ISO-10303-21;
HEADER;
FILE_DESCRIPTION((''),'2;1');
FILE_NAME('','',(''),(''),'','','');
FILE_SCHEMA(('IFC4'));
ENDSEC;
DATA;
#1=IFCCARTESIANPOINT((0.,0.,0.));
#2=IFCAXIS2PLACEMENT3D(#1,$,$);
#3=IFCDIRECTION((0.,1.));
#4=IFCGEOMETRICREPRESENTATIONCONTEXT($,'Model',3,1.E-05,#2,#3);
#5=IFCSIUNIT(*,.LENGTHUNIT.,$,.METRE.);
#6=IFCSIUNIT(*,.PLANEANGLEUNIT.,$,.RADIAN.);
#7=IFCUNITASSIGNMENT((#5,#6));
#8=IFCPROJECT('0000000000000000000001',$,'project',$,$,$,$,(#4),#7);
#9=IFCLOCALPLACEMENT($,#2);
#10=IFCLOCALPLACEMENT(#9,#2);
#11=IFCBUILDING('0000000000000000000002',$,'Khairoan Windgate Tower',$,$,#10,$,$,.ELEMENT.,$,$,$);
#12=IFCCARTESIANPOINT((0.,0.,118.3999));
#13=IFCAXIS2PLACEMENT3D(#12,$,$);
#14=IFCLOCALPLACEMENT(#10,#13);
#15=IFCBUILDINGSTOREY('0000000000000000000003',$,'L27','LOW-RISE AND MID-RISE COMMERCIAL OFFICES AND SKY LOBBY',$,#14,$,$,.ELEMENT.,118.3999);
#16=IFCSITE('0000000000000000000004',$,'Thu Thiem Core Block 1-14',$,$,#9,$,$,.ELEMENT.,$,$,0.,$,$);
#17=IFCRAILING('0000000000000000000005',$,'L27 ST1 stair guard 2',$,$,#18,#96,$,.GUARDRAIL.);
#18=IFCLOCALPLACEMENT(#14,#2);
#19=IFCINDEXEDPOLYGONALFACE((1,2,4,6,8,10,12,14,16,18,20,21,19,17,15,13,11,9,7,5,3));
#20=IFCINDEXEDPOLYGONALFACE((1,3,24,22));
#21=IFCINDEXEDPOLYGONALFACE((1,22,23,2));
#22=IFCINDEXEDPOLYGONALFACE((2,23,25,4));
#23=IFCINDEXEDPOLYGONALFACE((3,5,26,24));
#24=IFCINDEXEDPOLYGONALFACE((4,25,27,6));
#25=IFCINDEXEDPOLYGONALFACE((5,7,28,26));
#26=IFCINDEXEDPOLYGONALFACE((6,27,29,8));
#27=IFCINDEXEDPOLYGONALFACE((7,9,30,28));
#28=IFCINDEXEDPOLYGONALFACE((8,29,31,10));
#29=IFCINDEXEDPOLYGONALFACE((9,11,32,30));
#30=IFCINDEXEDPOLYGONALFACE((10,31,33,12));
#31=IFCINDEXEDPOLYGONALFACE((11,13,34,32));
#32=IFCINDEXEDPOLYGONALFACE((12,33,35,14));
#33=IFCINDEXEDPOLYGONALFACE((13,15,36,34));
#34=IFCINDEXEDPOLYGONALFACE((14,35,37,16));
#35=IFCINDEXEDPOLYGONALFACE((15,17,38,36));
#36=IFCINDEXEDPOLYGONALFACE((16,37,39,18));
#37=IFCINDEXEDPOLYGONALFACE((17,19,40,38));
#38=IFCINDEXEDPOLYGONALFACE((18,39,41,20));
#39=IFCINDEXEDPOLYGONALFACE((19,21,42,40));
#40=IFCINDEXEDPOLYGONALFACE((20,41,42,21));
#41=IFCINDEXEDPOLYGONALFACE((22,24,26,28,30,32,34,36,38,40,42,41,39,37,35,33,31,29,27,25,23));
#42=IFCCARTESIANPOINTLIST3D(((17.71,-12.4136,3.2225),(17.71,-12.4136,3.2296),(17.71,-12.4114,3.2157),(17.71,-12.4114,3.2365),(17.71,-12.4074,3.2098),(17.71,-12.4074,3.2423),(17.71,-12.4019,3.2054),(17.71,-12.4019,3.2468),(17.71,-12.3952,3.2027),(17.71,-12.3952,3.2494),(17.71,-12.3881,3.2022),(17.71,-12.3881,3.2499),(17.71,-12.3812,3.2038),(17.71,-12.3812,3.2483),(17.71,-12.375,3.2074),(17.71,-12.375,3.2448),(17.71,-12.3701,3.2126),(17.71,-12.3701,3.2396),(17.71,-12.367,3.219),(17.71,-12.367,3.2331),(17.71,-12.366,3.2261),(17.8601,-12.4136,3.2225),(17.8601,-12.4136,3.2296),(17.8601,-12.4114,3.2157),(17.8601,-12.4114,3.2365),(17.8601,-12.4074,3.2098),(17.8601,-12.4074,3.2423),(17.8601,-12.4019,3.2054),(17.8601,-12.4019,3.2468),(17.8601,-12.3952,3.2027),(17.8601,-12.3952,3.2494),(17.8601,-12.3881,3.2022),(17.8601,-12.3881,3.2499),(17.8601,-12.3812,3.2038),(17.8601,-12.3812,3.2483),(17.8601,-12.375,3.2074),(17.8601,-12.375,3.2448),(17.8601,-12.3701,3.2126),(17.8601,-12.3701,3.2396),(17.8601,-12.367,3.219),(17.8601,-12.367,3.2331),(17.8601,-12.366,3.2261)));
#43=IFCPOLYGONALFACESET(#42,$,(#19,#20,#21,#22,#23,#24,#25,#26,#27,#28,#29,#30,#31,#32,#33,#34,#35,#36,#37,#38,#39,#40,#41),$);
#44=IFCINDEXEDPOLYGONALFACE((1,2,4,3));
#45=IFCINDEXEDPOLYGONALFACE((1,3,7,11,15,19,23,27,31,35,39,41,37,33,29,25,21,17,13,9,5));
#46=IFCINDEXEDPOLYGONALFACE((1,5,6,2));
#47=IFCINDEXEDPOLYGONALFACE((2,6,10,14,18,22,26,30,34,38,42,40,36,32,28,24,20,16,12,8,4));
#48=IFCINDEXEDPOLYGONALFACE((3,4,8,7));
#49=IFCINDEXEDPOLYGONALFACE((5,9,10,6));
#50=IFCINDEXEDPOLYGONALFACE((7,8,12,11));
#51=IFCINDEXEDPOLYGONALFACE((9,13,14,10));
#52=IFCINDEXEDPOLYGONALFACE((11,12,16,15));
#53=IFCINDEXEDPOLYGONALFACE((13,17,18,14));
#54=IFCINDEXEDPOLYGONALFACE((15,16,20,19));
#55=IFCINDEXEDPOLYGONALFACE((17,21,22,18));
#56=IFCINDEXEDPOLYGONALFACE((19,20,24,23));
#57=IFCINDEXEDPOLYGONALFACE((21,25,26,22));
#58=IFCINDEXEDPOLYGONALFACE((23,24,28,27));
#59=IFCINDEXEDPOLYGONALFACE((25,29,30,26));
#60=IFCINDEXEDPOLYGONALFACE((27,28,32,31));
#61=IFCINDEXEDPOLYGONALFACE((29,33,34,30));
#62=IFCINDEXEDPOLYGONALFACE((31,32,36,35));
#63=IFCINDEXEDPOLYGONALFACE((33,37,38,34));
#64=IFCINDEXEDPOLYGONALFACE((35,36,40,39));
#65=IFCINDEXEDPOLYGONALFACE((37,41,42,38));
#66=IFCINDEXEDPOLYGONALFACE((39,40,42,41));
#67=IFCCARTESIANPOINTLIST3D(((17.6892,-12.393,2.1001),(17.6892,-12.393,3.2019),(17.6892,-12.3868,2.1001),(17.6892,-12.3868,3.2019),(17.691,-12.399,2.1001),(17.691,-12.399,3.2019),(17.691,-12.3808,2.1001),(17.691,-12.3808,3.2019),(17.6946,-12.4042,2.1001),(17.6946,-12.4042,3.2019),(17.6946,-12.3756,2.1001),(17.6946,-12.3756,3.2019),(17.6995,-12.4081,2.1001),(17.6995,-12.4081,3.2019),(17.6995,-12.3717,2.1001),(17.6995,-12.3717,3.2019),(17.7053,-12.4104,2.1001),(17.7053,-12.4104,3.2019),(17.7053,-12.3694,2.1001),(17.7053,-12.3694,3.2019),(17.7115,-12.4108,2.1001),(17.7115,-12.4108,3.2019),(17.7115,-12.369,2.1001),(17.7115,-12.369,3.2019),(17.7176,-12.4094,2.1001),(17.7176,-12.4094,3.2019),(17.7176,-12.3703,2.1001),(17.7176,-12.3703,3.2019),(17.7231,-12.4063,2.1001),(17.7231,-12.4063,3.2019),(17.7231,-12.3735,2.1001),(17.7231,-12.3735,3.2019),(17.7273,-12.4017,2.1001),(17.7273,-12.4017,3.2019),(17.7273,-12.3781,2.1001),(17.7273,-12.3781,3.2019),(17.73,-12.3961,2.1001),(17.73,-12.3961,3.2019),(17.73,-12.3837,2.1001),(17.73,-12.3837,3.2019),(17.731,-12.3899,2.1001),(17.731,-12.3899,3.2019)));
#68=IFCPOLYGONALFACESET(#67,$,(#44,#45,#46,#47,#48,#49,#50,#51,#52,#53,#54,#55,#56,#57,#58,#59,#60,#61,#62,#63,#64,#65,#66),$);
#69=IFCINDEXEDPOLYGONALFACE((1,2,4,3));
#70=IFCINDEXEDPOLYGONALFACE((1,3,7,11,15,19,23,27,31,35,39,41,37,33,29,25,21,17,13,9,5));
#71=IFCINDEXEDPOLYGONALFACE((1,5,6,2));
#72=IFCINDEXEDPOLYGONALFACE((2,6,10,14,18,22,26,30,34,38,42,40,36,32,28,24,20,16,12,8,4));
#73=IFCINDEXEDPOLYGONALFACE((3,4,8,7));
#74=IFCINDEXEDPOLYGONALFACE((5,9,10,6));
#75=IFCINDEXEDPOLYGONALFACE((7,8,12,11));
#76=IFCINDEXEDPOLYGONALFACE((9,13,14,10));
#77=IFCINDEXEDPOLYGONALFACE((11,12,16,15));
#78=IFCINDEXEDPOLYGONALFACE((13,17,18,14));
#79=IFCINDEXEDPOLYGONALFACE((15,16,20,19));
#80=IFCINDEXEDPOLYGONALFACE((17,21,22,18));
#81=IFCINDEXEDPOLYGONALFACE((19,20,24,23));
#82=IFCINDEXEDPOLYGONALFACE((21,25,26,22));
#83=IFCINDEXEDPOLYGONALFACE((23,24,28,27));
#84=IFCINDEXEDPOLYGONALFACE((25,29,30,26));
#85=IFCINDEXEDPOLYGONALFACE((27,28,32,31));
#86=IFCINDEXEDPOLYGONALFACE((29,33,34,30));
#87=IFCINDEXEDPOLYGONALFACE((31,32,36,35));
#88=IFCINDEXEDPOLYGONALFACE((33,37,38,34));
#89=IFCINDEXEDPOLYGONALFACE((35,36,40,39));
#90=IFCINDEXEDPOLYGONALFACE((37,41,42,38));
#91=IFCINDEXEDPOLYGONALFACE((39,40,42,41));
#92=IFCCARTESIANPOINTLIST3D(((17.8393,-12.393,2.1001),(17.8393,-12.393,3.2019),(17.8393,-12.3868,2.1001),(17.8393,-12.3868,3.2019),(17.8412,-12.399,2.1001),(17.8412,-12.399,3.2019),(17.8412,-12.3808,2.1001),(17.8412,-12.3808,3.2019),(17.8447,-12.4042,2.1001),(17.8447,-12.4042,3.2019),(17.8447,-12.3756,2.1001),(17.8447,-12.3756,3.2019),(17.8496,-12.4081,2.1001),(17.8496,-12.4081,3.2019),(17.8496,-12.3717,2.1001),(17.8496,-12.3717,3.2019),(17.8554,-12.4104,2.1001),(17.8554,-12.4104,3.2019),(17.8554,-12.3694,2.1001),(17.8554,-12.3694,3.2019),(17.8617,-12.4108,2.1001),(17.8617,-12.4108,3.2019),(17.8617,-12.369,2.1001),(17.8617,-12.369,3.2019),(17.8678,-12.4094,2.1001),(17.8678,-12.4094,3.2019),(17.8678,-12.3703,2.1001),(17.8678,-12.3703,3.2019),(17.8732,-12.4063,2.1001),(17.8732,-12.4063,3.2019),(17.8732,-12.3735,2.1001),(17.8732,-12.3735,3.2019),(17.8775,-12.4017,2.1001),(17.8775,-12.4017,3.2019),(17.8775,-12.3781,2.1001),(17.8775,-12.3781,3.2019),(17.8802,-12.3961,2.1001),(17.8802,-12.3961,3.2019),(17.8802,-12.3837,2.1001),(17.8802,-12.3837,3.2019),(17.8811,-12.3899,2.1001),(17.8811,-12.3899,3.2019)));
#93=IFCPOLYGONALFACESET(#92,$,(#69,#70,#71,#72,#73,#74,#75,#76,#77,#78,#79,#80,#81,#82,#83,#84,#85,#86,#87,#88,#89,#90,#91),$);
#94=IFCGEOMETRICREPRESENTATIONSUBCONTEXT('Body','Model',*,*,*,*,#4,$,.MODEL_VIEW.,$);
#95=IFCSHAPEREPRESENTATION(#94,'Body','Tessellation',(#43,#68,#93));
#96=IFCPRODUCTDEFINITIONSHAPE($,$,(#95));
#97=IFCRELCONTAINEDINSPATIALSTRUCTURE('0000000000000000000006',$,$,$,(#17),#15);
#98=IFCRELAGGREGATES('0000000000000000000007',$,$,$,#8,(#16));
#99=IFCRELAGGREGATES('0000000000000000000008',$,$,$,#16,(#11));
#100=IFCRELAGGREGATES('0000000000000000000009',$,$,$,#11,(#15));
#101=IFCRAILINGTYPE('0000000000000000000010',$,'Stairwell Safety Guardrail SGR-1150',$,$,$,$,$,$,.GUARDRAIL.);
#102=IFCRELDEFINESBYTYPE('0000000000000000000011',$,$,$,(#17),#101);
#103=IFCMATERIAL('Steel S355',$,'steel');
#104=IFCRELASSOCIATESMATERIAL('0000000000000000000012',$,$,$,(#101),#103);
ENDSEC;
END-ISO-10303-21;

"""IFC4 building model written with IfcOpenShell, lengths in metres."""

from ifc_helpers import new_model, si_unit, direction, frame, origin, origin_2d, place, context, subcontext, project, spatial, circle, extrude, material, type_object, element, save


model = new_model("IFC4")

# Units and contexts
model_context = context("Model", 3, precision=1e-05, world=origin(), true_north=direction((0.0, 1.0)))
body_context = subcontext(model_context, "Body", "Model", "MODEL_VIEW")
ifc_project = project(units=[si_unit("LENGTHUNIT", "METRE"), si_unit("PLANEANGLEUNIT", "RADIAN")], contexts=[model_context])

# Site, building, storey
site_placement = place(None, origin())
site = spatial("IfcSite", under=ifc_project, at=site_placement, Name="Thu Thiem Core Block 1-14", CompositionType="ELEMENT", RefElevation=0.0)
building_placement = place(site_placement, origin())
building = spatial("IfcBuilding", under=site, at=building_placement, Name="Khairoan Windgate Tower", CompositionType="ELEMENT")
storey_placement = place(building_placement, frame((0.0, 0.0, 118.3999)))
storey = spatial("IfcBuildingStorey", under=building, at=storey_placement, Name="L27", Description="LOW-RISE AND MID-RISE COMMERCIAL OFFICES AND SKY LOBBY", CompositionType="ELEMENT", Elevation=118.3999)

# Railing
ifc_material_1 = material(Name="Steel S355", Category="steel")
railing_type_1 = type_object("IfcRailingType", Name="Stairwell Safety Guardrail SGR-1150", PredefinedType="GUARDRAIL", material=ifc_material_1)
railing_1_placement = place(storey_placement, frame((17.71, -12.3899, 2.1001)))
element("IfcRailing", 1, at=railing_1_placement, inside=storey, type_object=railing_type_1, Name="L27 ST1 stair guard 2", PredefinedType="GUARDRAIL", context=body_context, shape_type="SweptSolid", body=[
    extrude(circle(Radius=0.0239, at=origin_2d()), frame((0.0, 0.0, 1.126), z_axis=(1.0, 0.0, 0.0), x_axis=(0.0, 1.0, 0.0)), (0.0, 0.0, 1.0), 0.1501),
    extrude(circle(Radius=0.021, at=origin_2d()), origin(), (0.0, 0.0, 1.0), 1.1018),
    extrude(circle(Radius=0.021, at=origin_2d()), frame((0.1501, 0.0, 0.0)), (0.0, 0.0, 1.0), 1.1018),
])

save(model, "model.ifc")
